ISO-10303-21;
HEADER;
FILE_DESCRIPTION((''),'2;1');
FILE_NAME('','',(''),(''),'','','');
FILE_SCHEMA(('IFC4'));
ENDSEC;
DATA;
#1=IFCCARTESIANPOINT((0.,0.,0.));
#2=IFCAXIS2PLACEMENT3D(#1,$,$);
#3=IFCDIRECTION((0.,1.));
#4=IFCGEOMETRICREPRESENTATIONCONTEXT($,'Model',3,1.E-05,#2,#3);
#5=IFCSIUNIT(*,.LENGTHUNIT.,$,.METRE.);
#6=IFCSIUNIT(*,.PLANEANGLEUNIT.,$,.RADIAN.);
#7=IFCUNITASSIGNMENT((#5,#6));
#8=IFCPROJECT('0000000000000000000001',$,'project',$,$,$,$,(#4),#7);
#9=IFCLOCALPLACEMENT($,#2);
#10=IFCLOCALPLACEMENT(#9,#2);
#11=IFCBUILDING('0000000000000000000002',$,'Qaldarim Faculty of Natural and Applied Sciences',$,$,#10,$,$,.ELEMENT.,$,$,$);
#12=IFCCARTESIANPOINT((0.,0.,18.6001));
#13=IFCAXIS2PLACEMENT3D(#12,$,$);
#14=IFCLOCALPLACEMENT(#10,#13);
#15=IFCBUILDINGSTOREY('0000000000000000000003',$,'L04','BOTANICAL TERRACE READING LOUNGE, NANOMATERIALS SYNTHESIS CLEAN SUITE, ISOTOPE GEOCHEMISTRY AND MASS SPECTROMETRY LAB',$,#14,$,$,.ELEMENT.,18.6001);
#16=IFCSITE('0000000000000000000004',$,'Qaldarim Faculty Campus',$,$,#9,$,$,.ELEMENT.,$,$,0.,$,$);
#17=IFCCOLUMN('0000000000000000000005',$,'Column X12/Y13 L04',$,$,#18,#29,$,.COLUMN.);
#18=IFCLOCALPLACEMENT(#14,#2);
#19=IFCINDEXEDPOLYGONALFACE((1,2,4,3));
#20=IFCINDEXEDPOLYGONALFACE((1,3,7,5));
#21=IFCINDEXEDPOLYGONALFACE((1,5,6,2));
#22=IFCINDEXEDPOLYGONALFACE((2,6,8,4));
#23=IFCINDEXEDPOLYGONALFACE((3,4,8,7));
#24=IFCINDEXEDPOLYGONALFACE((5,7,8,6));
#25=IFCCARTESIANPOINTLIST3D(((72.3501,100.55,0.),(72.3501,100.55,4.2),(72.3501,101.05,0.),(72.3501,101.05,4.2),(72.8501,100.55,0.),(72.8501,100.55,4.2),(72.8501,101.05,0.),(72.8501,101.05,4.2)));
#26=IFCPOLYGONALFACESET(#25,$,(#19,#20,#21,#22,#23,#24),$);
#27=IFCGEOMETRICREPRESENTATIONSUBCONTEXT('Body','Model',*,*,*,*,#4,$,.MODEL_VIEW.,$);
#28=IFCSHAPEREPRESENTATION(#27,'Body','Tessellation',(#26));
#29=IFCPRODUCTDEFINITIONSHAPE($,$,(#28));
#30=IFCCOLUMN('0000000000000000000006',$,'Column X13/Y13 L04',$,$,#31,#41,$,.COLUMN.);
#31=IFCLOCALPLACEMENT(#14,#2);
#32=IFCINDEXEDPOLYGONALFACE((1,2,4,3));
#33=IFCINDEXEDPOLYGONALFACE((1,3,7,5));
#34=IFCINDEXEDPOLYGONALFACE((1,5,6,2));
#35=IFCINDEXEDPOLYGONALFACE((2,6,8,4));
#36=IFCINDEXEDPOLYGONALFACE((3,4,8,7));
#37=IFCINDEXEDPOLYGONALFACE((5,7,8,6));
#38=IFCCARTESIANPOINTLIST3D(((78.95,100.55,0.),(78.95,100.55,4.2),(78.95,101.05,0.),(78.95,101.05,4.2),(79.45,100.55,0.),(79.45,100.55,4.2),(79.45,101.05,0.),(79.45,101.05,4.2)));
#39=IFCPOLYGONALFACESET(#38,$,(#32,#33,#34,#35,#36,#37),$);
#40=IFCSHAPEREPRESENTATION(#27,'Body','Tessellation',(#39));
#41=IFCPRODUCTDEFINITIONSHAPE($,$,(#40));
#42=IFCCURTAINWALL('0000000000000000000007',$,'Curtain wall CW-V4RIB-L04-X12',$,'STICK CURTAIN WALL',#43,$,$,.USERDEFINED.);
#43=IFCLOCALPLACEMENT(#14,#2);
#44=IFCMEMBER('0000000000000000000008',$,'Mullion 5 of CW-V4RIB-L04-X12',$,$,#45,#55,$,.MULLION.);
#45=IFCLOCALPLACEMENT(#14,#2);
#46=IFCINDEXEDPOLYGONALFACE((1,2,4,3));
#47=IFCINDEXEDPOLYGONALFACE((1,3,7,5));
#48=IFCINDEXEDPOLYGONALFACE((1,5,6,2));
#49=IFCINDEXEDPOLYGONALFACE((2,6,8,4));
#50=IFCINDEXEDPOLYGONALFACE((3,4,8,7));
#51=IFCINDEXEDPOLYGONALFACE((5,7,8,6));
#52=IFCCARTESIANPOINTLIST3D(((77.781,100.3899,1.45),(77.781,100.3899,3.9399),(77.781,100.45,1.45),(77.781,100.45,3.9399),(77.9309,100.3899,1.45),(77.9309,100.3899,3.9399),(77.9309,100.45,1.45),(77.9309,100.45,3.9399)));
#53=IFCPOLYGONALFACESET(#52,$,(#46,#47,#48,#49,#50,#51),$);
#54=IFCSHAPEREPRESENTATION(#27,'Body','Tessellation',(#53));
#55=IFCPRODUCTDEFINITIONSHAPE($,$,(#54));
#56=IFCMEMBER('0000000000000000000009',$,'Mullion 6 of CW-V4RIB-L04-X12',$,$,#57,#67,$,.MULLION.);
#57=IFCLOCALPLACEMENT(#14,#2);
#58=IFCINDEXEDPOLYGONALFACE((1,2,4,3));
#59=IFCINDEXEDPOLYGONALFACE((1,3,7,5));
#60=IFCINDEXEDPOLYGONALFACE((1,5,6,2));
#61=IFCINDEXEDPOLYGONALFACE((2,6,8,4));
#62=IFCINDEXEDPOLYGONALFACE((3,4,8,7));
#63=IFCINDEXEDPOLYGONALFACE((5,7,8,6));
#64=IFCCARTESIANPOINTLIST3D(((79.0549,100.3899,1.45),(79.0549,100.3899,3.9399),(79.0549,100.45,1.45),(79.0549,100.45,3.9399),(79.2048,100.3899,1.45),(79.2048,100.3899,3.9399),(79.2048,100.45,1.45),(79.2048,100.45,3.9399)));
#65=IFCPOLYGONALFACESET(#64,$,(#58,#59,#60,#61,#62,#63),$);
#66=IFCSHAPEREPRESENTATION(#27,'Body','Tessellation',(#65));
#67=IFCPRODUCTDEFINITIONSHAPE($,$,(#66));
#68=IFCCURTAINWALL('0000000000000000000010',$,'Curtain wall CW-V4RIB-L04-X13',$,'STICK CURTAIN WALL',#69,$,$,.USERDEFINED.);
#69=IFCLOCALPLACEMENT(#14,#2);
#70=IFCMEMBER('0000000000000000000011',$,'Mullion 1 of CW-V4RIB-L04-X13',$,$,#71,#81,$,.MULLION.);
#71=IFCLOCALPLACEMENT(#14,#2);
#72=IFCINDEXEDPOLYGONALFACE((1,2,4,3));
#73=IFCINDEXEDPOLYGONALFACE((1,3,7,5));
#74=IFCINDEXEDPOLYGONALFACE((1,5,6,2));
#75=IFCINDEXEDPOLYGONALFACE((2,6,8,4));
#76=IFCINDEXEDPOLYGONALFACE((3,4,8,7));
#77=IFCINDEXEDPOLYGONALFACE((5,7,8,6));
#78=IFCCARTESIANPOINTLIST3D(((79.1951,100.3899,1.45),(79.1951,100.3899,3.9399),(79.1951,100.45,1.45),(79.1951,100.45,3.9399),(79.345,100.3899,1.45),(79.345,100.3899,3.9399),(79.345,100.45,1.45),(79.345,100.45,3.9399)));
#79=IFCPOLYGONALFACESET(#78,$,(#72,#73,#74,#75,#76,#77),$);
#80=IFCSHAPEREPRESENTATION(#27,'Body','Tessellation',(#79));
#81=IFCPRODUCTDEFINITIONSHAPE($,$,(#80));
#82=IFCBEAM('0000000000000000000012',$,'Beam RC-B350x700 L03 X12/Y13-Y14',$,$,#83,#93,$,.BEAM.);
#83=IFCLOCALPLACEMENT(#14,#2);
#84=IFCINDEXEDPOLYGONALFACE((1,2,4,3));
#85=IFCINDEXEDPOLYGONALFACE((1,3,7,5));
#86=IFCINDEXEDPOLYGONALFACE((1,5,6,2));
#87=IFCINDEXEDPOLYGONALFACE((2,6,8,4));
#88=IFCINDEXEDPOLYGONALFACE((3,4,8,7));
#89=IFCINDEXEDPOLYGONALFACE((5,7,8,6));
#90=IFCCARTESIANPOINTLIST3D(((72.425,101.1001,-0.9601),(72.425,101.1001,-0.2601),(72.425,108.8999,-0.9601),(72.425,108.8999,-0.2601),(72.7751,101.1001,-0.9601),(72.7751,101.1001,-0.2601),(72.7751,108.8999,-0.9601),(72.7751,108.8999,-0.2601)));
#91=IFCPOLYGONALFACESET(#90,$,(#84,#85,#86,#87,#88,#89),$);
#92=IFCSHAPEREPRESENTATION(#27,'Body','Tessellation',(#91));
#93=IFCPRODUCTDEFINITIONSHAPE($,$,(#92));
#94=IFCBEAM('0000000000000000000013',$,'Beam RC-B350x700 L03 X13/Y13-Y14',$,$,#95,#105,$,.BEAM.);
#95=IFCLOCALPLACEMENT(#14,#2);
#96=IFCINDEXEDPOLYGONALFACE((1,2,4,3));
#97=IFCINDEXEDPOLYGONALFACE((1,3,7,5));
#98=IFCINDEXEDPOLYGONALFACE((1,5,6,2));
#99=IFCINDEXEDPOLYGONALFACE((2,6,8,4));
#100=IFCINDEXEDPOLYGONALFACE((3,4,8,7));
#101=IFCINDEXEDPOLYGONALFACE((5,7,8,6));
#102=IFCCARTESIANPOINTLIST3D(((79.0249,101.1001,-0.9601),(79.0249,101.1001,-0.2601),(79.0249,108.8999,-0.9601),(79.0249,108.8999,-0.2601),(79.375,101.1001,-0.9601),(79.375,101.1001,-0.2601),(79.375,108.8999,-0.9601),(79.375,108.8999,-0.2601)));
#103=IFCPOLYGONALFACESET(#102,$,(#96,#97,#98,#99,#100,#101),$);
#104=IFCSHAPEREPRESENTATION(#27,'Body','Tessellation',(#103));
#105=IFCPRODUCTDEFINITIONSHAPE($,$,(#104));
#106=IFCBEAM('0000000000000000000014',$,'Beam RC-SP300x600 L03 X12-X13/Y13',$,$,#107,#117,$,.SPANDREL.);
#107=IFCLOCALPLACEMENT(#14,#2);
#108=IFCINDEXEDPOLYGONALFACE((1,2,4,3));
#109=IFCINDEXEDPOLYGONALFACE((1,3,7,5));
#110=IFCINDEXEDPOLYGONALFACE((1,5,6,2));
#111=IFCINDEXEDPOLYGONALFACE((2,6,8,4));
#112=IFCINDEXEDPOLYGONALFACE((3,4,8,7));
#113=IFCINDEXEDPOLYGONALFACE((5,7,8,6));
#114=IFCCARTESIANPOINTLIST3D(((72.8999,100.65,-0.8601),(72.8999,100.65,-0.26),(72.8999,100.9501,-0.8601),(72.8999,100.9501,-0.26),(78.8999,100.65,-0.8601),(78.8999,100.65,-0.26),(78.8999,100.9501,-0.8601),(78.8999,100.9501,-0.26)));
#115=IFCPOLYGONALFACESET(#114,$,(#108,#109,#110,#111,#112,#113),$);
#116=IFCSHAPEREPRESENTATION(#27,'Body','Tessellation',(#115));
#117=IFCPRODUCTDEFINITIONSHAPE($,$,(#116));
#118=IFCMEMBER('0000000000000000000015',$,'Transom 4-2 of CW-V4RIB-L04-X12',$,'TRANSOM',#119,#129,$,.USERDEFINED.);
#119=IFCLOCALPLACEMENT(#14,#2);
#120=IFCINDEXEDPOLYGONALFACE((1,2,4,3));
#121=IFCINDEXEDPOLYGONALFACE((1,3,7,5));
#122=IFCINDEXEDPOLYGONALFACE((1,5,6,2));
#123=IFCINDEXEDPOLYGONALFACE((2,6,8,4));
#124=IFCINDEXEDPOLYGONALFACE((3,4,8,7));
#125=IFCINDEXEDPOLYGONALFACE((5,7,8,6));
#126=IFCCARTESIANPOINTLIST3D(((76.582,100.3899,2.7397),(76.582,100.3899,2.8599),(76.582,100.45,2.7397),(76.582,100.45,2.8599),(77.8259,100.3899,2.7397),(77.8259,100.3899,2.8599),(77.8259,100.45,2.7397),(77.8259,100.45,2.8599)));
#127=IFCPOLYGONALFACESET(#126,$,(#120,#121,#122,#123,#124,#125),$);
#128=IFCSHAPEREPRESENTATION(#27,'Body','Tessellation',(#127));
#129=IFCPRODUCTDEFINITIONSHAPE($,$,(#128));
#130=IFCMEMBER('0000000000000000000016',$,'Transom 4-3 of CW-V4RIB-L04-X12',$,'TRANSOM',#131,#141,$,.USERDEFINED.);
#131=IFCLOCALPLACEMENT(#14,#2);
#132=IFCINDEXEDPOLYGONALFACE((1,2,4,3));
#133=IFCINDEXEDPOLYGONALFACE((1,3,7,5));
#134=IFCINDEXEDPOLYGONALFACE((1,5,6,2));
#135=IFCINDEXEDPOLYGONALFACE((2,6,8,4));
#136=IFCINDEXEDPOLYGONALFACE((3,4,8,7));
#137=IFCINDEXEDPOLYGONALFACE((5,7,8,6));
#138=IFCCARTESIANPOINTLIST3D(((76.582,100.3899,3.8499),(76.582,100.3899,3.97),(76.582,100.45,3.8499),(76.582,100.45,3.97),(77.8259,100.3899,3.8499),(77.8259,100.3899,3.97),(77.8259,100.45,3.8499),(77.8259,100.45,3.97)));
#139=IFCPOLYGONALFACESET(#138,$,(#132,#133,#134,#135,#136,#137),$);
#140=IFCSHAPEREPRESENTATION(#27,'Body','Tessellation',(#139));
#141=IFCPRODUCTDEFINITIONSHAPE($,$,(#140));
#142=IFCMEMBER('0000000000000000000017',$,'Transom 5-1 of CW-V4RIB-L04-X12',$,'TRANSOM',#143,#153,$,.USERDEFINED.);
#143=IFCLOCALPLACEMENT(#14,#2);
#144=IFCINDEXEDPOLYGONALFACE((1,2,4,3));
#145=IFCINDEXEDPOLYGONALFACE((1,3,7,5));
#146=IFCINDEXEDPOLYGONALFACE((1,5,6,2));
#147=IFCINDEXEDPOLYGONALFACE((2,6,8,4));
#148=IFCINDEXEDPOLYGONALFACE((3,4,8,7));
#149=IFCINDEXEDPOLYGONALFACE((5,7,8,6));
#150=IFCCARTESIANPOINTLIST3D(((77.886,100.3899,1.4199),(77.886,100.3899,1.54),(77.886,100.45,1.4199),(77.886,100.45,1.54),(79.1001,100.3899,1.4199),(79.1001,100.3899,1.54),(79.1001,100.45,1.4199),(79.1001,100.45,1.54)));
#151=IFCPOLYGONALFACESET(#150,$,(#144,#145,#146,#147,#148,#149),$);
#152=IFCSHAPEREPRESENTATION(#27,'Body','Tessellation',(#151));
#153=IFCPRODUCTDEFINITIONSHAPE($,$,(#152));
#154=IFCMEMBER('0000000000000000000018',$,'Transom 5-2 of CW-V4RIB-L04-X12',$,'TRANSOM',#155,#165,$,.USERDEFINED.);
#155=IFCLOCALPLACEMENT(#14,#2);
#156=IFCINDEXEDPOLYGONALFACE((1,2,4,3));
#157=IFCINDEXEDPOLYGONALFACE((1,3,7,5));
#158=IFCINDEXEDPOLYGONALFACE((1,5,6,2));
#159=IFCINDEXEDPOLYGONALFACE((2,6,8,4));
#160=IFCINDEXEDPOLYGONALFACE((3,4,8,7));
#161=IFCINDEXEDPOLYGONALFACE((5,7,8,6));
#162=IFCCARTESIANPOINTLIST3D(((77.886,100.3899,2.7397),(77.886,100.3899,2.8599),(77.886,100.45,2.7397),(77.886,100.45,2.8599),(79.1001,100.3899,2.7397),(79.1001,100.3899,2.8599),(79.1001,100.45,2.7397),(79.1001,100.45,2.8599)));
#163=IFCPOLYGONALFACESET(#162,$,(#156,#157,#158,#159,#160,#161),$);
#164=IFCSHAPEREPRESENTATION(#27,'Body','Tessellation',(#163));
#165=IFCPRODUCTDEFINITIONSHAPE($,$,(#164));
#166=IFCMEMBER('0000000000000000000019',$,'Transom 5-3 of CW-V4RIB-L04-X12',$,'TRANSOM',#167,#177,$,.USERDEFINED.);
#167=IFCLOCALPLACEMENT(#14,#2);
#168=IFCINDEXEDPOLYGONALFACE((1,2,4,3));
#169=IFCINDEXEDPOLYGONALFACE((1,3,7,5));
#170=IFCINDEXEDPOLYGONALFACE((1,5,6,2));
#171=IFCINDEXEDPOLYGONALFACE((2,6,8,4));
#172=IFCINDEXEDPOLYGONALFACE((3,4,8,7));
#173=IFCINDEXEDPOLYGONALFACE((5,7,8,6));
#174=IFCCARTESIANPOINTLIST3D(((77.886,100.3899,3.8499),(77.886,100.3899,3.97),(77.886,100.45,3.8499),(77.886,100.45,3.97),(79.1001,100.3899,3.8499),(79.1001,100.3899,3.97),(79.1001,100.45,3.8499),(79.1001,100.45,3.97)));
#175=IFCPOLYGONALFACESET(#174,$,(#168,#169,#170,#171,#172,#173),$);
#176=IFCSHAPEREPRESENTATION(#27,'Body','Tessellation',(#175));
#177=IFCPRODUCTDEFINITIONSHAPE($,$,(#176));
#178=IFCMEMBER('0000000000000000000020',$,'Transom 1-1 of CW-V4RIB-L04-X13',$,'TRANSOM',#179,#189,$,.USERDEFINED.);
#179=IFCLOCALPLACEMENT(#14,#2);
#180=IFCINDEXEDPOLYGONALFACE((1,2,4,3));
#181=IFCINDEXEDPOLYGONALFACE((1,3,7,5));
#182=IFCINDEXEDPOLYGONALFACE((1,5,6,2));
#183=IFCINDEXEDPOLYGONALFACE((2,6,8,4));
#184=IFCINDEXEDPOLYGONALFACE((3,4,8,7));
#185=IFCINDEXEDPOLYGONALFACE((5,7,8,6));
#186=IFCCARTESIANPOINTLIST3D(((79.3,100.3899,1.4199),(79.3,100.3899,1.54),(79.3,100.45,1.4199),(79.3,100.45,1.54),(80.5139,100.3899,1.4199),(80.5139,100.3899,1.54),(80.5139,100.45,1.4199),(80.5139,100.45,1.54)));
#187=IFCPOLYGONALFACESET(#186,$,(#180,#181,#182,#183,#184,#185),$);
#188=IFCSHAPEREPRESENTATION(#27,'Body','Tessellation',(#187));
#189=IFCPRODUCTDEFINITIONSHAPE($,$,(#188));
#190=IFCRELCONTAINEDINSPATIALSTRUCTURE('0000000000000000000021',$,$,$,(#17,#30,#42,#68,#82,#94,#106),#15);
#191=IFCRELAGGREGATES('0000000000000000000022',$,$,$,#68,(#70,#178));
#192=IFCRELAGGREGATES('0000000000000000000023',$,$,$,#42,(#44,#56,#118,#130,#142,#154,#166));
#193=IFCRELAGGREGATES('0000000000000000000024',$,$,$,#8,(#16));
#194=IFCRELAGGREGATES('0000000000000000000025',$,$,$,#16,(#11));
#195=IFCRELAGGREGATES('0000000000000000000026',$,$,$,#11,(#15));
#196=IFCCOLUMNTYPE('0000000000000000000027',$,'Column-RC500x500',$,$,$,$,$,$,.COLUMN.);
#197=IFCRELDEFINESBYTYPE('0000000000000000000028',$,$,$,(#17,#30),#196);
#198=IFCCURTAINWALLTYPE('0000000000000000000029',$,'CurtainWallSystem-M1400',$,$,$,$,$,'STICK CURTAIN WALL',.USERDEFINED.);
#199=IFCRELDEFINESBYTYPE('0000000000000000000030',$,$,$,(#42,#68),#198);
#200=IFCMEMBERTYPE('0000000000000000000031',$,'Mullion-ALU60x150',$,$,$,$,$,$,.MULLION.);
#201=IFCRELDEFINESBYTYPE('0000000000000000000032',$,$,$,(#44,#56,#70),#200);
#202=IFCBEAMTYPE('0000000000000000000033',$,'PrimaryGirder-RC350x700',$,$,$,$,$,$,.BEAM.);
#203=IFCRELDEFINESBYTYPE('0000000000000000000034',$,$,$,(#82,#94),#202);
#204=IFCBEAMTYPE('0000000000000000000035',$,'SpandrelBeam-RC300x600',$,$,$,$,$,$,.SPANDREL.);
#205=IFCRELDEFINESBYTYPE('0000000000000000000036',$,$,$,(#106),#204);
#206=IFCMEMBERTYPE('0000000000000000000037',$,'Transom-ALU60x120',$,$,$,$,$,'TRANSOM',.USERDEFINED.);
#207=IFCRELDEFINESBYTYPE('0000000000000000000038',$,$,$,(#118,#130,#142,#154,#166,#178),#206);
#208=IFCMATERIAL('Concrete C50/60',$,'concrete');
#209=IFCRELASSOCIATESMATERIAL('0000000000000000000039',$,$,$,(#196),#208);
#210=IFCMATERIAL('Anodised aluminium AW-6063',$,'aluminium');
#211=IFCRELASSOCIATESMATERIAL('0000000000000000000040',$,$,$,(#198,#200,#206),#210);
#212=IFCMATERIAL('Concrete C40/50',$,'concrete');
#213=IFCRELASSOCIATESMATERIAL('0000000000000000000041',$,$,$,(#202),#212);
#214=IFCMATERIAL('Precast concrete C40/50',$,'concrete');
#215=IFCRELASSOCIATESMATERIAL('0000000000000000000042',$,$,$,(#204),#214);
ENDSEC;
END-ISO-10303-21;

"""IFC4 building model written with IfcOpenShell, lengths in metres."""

from ifc_helpers import new_model, si_unit, direction, frame, origin, origin_2d, place, context, subcontext, project, spatial, rectangle, extrude, material, material_profile, profile_set, type_object, element, aggregate, save


model = new_model("IFC4")

# Units and contexts
model_context = context("Model", 3, precision=1e-05, world=origin(), true_north=direction((0.0, 1.0)))
body_context = subcontext(model_context, "Body", "Model", "MODEL_VIEW")
ifc_project = project(units=[si_unit("LENGTHUNIT", "METRE"), si_unit("PLANEANGLEUNIT", "RADIAN")], contexts=[model_context])

# Site, building, storey
site_placement = place(None, origin())
site = spatial("IfcSite", under=ifc_project, at=site_placement, Name="Qaldarim Faculty Campus", CompositionType="ELEMENT", RefElevation=0.0)
building_placement = place(site_placement, origin())
building = spatial("IfcBuilding", under=site, at=building_placement, Name="Qaldarim Faculty of Natural and Applied Sciences", CompositionType="ELEMENT")
storey_placement = place(building_placement, frame((0.0, 0.0, 18.6001)))
storey = spatial("IfcBuildingStorey", under=building, at=storey_placement, Name="L04", Description="BOTANICAL TERRACE READING LOUNGE, NANOMATERIALS SYNTHESIS CLEAN SUITE, ISOTOPE GEOCHEMISTRY AND MASS SPECTROMETRY LAB", CompositionType="ELEMENT", Elevation=18.6001)

# Columns
ifc_material_1 = material(Name="Concrete C50/60", Category="concrete")
ifc_material_profile_1 = material_profile(ifc_material_1, rectangle(XDim=0.5, YDim=0.5, at=origin_2d()), Name="RC-C500x500")
ifc_profile_set_1 = profile_set([ifc_material_profile_1], Name="Concrete C50/60")
column_type = type_object("IfcColumnType", Name="Column-RC500x500", PredefinedType="COLUMN", material=ifc_profile_set_1)
for number, where, z_axis, x_axis, name in (
    (1, (72.6001, 100.8, 0.0), (0.0, 0.0, 1.0), (1.0, 0.0, 0.0), "Column X12/Y13 L04"),
    (2, (79.2, 100.8, 0.0), (0.0, 0.0, 1.0), (1.0, 0.0, 0.0), "Column X13/Y13 L04"),
):
    element("IfcColumn", number, at=place(storey_placement, frame(where, z_axis=z_axis, x_axis=x_axis)), inside=storey, type_object=column_type, Name=name, PredefinedType="COLUMN", context=body_context, shape_type="SweptSolid", body=[
        extrude(rectangle(XDim=0.5, YDim=0.5, at=origin_2d()), origin(), (0.0, 0.0, 1.0), 4.2),
    ])

# Curtain wall, members
ifc_material_2 = material(Name="Anodised aluminium AW-6063", Category="aluminium")
curtain_wall_type = type_object("IfcCurtainWallType", Name="CurtainWallSystem-M1400", ElementType="STICK CURTAIN WALL", PredefinedType="USERDEFINED", material=ifc_material_2)
curtain_wall_1_placement = place(storey_placement, origin())
curtain_wall_1 = element("IfcCurtainWall", 3, at=curtain_wall_1_placement, inside=storey, type_object=curtain_wall_type, Name="Curtain wall CW-V4RIB-L04-X12", ObjectType="STICK CURTAIN WALL", PredefinedType="USERDEFINED")
ifc_material_profile_2 = material_profile(ifc_material_2, rectangle(XDim=0.0601, YDim=0.1499, at=origin_2d()), Name="ALU-M60x150")
ifc_profile_set_2 = profile_set([ifc_material_profile_2], Name="Anodised aluminium AW-6063")
member_type_1 = type_object("IfcMemberType", Name="Mullion-ALU60x150", PredefinedType="MULLION", material=ifc_profile_set_2)
member_1_placement = place(storey_placement, frame((77.856, 100.4199, 1.45), z_axis=(0.0, 0.0, 1.0), x_axis=(0.0, 1.0, 0.0)))
member_1 = element("IfcMember", 4, at=member_1_placement, type_object=member_type_1, Name="Mullion 5 of CW-V4RIB-L04-X12", PredefinedType="MULLION", context=body_context, shape_type="SweptSolid", body=[
    extrude(rectangle(XDim=0.0601, YDim=0.1499, at=origin_2d()), origin(), (0.0, 0.0, 1.0), 2.49),
])
member_2_placement = place(storey_placement, frame((79.1299, 100.4199, 1.45), z_axis=(0.0, 0.0, 1.0), x_axis=(0.0, 1.0, 0.0)))
member_2 = element("IfcMember", 5, at=member_2_placement, type_object=member_type_1, Name="Mullion 6 of CW-V4RIB-L04-X12", PredefinedType="MULLION", context=body_context, shape_type="SweptSolid", body=[
    extrude(rectangle(XDim=0.0601, YDim=0.1499, at=origin_2d()), origin(), (0.0, 0.0, 1.0), 2.49),
])

# Curtain wall, member
curtain_wall_2_placement = place(storey_placement, origin())
curtain_wall_2 = element("IfcCurtainWall", 6, at=curtain_wall_2_placement, inside=storey, type_object=curtain_wall_type, Name="Curtain wall CW-V4RIB-L04-X13", ObjectType="STICK CURTAIN WALL", PredefinedType="USERDEFINED")
member_3_placement = place(storey_placement, frame((79.27, 100.4199, 1.45), z_axis=(0.0, 0.0, 1.0), x_axis=(0.0, 1.0, 0.0)))
member_3 = element("IfcMember", 7, at=member_3_placement, type_object=member_type_1, Name="Mullion 1 of CW-V4RIB-L04-X13", PredefinedType="MULLION", context=body_context, shape_type="SweptSolid", body=[
    extrude(rectangle(XDim=0.0601, YDim=0.1499, at=origin_2d()), origin(), (0.0, 0.0, 1.0), 2.49),
])

# Beams
ifc_material_3 = material(Name="Concrete C40/50", Category="concrete")
ifc_material_profile_3 = material_profile(ifc_material_3, rectangle(XDim=0.3501, YDim=0.7, at=origin_2d()), Name="RC-B350x700")
ifc_profile_set_3 = profile_set([ifc_material_profile_3], Name="Concrete C40/50")
beam_type_1 = type_object("IfcBeamType", Name="PrimaryGirder-RC350x700", PredefinedType="BEAM", material=ifc_profile_set_3)
for number, where, z_axis, x_axis, name in (
    (8, (72.6001, 101.1001, -0.6101), (0.0, 1.0, 0.0), (-1.0, 0.0, 0.0), "Beam RC-B350x700 L03 X12/Y13-Y14"),
    (9, (79.2, 101.1001, -0.6101), (0.0, 1.0, 0.0), (-1.0, 0.0, 0.0), "Beam RC-B350x700 L03 X13/Y13-Y14"),
):
    element("IfcBeam", number, at=place(storey_placement, frame(where, z_axis=z_axis, x_axis=x_axis)), inside=storey, type_object=beam_type_1, Name=name, PredefinedType="BEAM", context=body_context, shape_type="SweptSolid", body=[
        extrude(rectangle(XDim=0.3501, YDim=0.7, at=origin_2d()), origin(), (0.0, 0.0, 1.0), 7.7998),
    ])
ifc_material_4 = material(Name="Precast concrete C40/50", Category="concrete")
ifc_material_profile_4 = material_profile(ifc_material_4, rectangle(XDim=0.3, YDim=0.6001, at=origin_2d()), Name="RC-SP300x600")
ifc_profile_set_4 = profile_set([ifc_material_profile_4], Name="Precast concrete C40/50")
beam_type_2 = type_object("IfcBeamType", Name="SpandrelBeam-RC300x600", PredefinedType="SPANDREL", material=ifc_profile_set_4)
beam_placement = place(storey_placement, frame((72.8999, 100.8, -0.5601), z_axis=(1.0, 0.0, 0.0), x_axis=(0.0, 1.0, 0.0)))
element("IfcBeam", 10, at=beam_placement, inside=storey, type_object=beam_type_2, Name="Beam RC-SP300x600 L03 X12-X13/Y13", PredefinedType="SPANDREL", context=body_context, shape_type="SweptSolid", body=[
    extrude(rectangle(XDim=0.3, YDim=0.6001, at=origin_2d()), origin(), (0.0, 0.0, 1.0), 6.0),
])

# Members
ifc_material_profile_5 = material_profile(ifc_material_2, rectangle(XDim=0.0601, YDim=0.1201, at=origin_2d()), Name="ALU-T60x120")
ifc_profile_set_5 = profile_set([ifc_material_profile_5], Name="Anodised aluminium AW-6063")
member_type_2 = type_object("IfcMemberType", Name="Transom-ALU60x120", ElementType="TRANSOM", PredefinedType="USERDEFINED", material=ifc_profile_set_5)
member_4_placement = place(storey_placement, frame((76.582, 100.4199, 2.7998), z_axis=(1.0, 0.0, 0.0), x_axis=(0.0, 1.0, 0.0)))
member_4 = element("IfcMember", 11, at=member_4_placement, type_object=member_type_2, Name="Transom 4-2 of CW-V4RIB-L04-X12", ObjectType="TRANSOM", PredefinedType="USERDEFINED", context=body_context, shape_type="SweptSolid", body=[
    extrude(rectangle(XDim=0.0601, YDim=0.1201, at=origin_2d()), origin(), (0.0, 0.0, 1.0), 1.2439),
])
member_5_placement = place(storey_placement, frame((76.582, 100.4199, 3.9099), z_axis=(1.0, 0.0, 0.0), x_axis=(0.0, 1.0, 0.0)))
member_5 = element("IfcMember", 12, at=member_5_placement, type_object=member_type_2, Name="Transom 4-3 of CW-V4RIB-L04-X12", ObjectType="TRANSOM", PredefinedType="USERDEFINED", context=body_context, shape_type="SweptSolid", body=[
    extrude(rectangle(XDim=0.0601, YDim=0.1201, at=origin_2d()), origin(), (0.0, 0.0, 1.0), 1.2439),
])
member_6_placement = place(storey_placement, frame((77.886, 100.4199, 1.48), z_axis=(1.0, 0.0, 0.0), x_axis=(0.0, 1.0, 0.0)))
member_6 = element("IfcMember", 13, at=member_6_placement, type_object=member_type_2, Name="Transom 5-1 of CW-V4RIB-L04-X12", ObjectType="TRANSOM", PredefinedType="USERDEFINED", context=body_context, shape_type="SweptSolid", body=[
    extrude(rectangle(XDim=0.0601, YDim=0.1201, at=origin_2d()), origin(), (0.0, 0.0, 1.0), 1.2141),
])
member_7_placement = place(storey_placement, frame((77.886, 100.4199, 2.7998), z_axis=(1.0, 0.0, 0.0), x_axis=(0.0, 1.0, 0.0)))
member_7 = element("IfcMember", 14, at=member_7_placement, type_object=member_type_2, Name="Transom 5-2 of CW-V4RIB-L04-X12", ObjectType="TRANSOM", PredefinedType="USERDEFINED", context=body_context, shape_type="SweptSolid", body=[
    extrude(rectangle(XDim=0.0601, YDim=0.1201, at=origin_2d()), origin(), (0.0, 0.0, 1.0), 1.2141),
])
member_8_placement = place(storey_placement, frame((77.886, 100.4199, 3.9099), z_axis=(1.0, 0.0, 0.0), x_axis=(0.0, 1.0, 0.0)))
member_8 = element("IfcMember", 15, at=member_8_placement, type_object=member_type_2, Name="Transom 5-3 of CW-V4RIB-L04-X12", ObjectType="TRANSOM", PredefinedType="USERDEFINED", context=body_context, shape_type="SweptSolid", body=[
    extrude(rectangle(XDim=0.0601, YDim=0.1201, at=origin_2d()), origin(), (0.0, 0.0, 1.0), 1.2141),
])
member_9_placement = place(storey_placement, frame((79.3, 100.4199, 1.48), z_axis=(1.0, 0.0, 0.0), x_axis=(0.0, 1.0, 0.0)))
member_9 = element("IfcMember", 16, at=member_9_placement, type_object=member_type_2, Name="Transom 1-1 of CW-V4RIB-L04-X13", ObjectType="TRANSOM", PredefinedType="USERDEFINED", context=body_context, shape_type="SweptSolid", body=[
    extrude(rectangle(XDim=0.0601, YDim=0.1201, at=origin_2d()), origin(), (0.0, 0.0, 1.0), 1.2139),
])
aggregate(curtain_wall_2, [member_3, member_9])

aggregate(curtain_wall_1, [member_1, member_2, member_4, member_5, member_6, member_7, member_8])

save(model, "model.ifc")
